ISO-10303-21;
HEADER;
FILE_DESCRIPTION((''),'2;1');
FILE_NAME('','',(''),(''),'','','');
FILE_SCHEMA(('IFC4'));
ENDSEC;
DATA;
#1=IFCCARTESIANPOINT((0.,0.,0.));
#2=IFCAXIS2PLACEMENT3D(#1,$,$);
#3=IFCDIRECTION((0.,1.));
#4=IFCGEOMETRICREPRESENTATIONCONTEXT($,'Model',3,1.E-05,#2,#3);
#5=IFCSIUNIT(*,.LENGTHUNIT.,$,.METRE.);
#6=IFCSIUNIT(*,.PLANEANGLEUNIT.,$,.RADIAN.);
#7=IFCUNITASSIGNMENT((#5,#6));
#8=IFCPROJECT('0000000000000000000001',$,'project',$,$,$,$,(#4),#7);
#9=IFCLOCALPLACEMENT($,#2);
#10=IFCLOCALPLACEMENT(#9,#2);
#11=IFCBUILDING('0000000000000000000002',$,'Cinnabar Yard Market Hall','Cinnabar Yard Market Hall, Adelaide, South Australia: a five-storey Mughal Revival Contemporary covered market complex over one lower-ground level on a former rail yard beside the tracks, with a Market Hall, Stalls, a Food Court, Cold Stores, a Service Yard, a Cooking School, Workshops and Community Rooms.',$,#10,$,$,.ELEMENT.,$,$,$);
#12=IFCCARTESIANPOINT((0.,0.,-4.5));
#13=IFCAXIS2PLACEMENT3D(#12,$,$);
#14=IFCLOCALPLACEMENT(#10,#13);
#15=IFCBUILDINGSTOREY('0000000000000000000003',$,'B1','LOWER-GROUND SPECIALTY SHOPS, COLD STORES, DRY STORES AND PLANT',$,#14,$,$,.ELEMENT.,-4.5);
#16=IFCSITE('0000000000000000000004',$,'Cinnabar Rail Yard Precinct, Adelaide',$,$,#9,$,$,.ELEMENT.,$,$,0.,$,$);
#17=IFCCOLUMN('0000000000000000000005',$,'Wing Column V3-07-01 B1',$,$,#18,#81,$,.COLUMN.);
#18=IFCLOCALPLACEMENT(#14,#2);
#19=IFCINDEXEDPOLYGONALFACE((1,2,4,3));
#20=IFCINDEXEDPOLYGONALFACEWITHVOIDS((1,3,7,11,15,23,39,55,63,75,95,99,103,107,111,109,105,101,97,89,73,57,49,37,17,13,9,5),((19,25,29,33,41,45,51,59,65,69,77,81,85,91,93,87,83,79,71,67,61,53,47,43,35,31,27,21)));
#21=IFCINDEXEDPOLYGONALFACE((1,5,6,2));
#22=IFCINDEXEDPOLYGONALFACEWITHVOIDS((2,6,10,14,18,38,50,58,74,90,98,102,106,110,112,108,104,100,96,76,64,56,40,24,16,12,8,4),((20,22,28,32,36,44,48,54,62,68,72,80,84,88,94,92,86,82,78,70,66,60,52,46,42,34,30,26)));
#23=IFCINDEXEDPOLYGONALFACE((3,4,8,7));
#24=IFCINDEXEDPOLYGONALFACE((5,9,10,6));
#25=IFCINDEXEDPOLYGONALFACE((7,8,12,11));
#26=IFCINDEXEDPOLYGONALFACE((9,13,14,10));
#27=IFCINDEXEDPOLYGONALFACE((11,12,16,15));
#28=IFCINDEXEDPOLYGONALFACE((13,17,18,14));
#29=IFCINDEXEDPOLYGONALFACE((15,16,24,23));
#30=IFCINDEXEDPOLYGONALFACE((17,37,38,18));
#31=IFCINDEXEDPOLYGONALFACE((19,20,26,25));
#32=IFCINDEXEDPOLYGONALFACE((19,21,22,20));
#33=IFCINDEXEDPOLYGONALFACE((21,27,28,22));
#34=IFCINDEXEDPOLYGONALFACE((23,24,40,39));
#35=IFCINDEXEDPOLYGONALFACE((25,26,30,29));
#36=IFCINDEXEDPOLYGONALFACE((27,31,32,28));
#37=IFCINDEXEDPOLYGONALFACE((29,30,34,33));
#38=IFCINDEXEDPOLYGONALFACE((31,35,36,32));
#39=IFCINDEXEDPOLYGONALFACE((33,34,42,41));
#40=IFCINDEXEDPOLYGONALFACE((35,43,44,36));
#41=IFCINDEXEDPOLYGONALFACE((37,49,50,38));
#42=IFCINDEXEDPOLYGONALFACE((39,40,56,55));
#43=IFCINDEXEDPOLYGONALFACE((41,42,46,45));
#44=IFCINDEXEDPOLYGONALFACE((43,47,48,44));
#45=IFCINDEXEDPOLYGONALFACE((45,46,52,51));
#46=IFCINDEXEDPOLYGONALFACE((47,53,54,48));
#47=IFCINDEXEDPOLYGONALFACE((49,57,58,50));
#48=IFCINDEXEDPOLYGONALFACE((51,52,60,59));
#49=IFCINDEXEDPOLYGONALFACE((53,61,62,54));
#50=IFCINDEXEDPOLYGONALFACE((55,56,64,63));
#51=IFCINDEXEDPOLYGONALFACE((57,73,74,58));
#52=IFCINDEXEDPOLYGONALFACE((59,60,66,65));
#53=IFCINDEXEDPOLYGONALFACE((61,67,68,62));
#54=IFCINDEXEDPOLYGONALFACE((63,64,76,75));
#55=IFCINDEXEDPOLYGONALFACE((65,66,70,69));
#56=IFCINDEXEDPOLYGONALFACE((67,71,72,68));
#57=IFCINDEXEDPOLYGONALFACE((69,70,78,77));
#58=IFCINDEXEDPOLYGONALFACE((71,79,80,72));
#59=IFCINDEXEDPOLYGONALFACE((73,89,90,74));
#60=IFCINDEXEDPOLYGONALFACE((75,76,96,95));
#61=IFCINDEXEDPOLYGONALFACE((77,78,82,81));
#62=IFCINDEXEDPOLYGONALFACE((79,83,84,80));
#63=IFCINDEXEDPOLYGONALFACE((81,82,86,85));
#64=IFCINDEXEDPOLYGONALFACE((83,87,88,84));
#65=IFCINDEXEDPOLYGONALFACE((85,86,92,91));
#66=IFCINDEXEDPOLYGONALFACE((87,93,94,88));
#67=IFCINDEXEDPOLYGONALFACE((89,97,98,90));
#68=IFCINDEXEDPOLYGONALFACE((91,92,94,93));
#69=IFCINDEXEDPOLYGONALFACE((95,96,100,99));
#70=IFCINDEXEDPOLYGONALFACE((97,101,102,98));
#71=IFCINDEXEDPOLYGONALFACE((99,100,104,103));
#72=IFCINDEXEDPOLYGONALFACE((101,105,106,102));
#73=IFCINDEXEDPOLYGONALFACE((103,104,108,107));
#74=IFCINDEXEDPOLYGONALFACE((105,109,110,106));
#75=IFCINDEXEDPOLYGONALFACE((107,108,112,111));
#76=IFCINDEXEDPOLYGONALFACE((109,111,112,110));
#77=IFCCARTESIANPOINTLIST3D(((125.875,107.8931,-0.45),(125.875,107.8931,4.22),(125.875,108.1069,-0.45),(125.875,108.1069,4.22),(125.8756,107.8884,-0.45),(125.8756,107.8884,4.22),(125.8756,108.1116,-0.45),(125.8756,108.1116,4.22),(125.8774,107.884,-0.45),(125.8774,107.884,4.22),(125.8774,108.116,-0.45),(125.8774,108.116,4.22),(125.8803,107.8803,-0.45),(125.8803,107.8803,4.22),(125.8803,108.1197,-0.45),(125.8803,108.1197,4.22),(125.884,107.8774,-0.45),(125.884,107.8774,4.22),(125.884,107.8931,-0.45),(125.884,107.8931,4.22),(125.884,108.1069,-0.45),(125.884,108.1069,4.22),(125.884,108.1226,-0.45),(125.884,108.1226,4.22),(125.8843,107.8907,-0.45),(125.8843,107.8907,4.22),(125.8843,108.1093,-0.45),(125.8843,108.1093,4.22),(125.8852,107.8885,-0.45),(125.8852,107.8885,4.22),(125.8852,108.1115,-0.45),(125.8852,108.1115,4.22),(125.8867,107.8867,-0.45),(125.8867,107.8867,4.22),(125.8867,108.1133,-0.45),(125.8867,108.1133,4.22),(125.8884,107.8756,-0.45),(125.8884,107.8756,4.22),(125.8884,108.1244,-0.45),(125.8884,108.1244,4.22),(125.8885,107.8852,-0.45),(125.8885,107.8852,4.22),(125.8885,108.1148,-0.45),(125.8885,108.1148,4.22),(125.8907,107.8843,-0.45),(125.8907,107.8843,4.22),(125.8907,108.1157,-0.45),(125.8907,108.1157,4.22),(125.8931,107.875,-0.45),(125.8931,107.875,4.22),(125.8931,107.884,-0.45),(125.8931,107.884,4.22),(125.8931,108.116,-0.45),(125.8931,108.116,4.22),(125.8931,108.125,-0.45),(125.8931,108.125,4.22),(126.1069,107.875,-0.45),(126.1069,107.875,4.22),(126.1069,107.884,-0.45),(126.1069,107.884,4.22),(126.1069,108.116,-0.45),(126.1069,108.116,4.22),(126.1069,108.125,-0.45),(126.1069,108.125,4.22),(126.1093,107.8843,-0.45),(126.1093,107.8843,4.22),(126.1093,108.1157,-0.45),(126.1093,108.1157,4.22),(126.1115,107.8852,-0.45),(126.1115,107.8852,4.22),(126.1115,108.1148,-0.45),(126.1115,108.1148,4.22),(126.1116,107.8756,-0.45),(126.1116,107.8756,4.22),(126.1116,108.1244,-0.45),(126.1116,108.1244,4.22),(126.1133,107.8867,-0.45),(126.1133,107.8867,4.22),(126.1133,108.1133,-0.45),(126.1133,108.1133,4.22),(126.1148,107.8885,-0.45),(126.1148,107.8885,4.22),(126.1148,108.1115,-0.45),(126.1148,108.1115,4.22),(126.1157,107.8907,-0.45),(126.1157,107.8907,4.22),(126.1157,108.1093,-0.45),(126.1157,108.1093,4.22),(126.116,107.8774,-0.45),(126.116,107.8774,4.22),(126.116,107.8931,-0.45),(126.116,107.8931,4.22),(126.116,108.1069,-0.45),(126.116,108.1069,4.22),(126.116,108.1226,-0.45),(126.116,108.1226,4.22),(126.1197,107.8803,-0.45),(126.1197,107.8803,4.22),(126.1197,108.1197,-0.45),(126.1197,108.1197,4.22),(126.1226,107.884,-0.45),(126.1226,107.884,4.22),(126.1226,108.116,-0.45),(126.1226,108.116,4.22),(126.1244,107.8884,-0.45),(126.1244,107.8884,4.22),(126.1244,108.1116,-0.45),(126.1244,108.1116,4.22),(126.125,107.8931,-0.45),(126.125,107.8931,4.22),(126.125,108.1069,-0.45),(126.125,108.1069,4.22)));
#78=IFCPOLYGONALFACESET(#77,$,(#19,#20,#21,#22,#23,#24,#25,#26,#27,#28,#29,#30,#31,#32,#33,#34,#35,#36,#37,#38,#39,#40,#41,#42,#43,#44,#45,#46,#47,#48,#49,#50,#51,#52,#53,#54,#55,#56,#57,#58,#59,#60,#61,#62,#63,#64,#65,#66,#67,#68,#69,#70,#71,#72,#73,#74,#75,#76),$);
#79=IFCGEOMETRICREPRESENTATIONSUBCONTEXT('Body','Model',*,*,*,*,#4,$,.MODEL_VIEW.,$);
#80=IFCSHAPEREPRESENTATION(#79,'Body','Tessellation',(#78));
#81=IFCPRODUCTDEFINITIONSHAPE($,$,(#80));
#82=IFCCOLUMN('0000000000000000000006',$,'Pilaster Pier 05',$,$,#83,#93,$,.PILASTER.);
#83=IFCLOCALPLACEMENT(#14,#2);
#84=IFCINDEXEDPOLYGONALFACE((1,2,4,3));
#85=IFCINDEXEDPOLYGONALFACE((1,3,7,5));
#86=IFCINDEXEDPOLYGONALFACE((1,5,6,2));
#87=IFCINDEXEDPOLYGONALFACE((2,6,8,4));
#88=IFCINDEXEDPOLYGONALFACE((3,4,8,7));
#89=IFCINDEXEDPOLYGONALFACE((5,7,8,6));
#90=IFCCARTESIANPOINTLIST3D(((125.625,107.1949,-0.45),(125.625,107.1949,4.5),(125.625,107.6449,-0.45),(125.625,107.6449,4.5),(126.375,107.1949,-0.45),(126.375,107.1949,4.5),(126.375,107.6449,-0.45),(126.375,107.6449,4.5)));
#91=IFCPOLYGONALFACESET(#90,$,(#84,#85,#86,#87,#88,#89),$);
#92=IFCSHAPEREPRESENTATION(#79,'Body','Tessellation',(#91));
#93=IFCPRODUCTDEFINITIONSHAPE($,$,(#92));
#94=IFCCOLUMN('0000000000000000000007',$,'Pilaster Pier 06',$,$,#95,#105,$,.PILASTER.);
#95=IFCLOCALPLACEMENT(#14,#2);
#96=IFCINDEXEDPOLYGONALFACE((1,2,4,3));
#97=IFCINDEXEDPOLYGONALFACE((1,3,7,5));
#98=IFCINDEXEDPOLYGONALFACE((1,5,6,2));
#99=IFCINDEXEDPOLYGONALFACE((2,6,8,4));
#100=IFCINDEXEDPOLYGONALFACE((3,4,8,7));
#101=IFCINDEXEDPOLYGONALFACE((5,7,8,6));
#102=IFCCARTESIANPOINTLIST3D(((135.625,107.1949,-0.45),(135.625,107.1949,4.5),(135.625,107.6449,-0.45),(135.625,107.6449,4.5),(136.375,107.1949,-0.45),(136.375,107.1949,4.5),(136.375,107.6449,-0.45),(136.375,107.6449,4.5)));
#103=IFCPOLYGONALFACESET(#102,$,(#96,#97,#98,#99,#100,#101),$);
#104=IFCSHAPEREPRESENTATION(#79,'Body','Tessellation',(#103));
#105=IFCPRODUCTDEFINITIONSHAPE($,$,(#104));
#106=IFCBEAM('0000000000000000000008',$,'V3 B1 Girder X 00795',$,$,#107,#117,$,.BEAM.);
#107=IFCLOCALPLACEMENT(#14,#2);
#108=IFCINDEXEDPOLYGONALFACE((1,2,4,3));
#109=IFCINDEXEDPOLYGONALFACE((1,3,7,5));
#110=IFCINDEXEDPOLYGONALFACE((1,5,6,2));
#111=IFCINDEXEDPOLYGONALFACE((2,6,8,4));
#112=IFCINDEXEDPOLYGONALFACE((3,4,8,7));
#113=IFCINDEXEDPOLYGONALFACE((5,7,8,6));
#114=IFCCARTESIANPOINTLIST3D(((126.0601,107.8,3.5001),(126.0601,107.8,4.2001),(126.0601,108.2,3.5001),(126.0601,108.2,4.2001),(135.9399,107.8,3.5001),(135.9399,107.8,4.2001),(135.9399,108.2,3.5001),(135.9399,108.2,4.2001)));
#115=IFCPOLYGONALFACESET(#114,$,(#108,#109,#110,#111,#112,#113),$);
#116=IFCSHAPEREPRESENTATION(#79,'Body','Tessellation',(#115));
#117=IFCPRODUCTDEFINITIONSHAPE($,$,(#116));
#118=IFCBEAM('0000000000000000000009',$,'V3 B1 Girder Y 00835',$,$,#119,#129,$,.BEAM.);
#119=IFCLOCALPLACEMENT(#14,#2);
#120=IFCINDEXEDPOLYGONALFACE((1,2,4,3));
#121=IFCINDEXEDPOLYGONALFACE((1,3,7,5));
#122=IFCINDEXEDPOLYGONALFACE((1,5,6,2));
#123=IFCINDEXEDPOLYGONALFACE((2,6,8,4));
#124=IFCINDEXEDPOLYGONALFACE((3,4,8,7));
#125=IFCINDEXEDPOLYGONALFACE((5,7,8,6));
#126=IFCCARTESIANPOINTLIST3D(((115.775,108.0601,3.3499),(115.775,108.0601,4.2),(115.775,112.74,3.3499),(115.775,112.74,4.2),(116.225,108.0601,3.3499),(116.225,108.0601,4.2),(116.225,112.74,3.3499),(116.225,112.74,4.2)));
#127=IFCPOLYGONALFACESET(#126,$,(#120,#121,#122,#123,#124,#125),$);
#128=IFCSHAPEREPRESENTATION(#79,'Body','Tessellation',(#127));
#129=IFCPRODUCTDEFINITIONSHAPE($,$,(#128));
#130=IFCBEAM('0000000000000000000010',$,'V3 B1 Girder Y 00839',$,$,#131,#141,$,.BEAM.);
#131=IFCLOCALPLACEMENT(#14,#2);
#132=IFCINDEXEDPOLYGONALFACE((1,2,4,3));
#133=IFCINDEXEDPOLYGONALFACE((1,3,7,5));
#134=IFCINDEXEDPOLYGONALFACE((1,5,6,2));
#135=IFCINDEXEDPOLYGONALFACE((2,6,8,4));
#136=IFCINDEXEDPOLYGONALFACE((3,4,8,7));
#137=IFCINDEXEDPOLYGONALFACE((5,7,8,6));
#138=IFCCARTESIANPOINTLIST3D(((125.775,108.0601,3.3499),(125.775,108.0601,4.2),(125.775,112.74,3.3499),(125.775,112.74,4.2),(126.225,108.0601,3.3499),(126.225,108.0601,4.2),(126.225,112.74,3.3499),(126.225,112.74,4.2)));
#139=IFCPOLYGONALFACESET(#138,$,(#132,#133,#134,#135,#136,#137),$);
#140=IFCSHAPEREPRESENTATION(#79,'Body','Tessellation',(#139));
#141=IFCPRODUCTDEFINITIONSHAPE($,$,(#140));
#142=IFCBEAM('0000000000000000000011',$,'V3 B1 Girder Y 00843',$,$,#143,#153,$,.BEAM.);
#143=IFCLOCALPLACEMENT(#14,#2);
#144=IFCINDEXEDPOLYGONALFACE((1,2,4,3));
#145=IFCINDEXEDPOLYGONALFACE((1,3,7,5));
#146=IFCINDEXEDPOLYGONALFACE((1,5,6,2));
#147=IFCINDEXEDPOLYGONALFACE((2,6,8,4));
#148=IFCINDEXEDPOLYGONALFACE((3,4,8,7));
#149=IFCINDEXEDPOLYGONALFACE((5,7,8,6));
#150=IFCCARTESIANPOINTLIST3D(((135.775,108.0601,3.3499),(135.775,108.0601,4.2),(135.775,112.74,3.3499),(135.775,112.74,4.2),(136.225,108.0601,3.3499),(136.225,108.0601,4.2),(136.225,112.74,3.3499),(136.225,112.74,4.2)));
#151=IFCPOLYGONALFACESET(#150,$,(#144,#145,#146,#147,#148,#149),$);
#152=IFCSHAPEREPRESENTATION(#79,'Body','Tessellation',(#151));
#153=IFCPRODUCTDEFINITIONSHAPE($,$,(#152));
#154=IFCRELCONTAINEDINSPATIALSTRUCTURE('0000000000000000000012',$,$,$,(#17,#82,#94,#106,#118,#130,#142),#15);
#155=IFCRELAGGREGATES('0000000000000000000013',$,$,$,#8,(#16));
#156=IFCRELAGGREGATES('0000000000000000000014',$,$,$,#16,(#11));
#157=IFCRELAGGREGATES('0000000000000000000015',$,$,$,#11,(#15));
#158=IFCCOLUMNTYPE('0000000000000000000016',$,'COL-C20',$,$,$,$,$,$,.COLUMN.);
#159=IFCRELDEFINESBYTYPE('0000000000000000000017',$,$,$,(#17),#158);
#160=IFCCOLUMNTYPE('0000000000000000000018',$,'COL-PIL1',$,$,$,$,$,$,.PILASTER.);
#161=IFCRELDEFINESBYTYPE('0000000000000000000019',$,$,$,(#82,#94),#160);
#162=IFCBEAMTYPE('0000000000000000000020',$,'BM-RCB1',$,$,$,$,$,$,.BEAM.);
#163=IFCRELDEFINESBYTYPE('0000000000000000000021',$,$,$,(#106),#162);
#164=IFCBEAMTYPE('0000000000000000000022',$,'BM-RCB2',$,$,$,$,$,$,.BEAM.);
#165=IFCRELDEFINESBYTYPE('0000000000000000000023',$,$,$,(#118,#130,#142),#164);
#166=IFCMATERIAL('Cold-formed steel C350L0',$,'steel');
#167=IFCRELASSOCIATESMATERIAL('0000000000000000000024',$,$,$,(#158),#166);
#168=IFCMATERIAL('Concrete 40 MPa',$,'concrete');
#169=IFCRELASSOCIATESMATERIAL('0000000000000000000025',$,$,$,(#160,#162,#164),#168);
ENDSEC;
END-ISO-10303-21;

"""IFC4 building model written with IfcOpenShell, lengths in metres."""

from ifc_helpers import new_model, si_unit, direction, frame, origin, origin_2d_with_axis, place, context, subcontext, project, spatial, rectangle, hollow_rectangle, extrude, material, material_profile, profile_set, type_object, element, save


model = new_model("IFC4")

# Units and contexts
model_context = context("Model", 3, precision=1e-05, world=origin(), true_north=direction((0.0, 1.0)))
body_context = subcontext(model_context, "Body", "Model", "MODEL_VIEW")
ifc_project = project(units=[si_unit("LENGTHUNIT", "METRE"), si_unit("PLANEANGLEUNIT", "RADIAN")], contexts=[model_context])

# Site, building, storey
site_placement = place(None, origin())
site = spatial("IfcSite", under=ifc_project, at=site_placement, Name="Cinnabar Rail Yard Precinct, Adelaide", CompositionType="ELEMENT", RefElevation=0.0)
building_placement = place(site_placement, origin())
building = spatial("IfcBuilding", under=site, at=building_placement, Name="Cinnabar Yard Market Hall", Description="Cinnabar Yard Market Hall, Adelaide, South Australia: a five-storey Mughal Revival Contemporary covered market complex over one lower-ground level on a former rail yard beside the tracks, with a Market Hall, Stalls, a Food Court, Cold Stores, a Service Yard, a Cooking School, Workshops and Community Rooms.", CompositionType="ELEMENT")
storey_placement = place(building_placement, frame((0.0, 0.0, -4.5)))
storey = spatial("IfcBuildingStorey", under=building, at=storey_placement, Name="B1", Description="LOWER-GROUND SPECIALTY SHOPS, COLD STORES, DRY STORES AND PLANT", CompositionType="ELEMENT", Elevation=-4.5)

# Shared definitions
ifc_material_1 = material(Name="Concrete 40 MPa", Category="concrete")

# Columns
ifc_material_2 = material(Name="Cold-formed steel C350L0", Category="steel")
ifc_material_profile_1 = material_profile(ifc_material_2, hollow_rectangle(XDim=0.25, YDim=0.25, WallThickness=0.009, InnerFilletRadius=0.009, OuterFilletRadius=0.0181, at=origin_2d_with_axis()), Name="250x250x9.0SHS")
ifc_profile_set_1 = profile_set([ifc_material_profile_1], Name="Cold-formed steel C350L0")
column_type_1 = type_object("IfcColumnType", Name="COL-C20", PredefinedType="COLUMN", material=ifc_profile_set_1)
column_1_placement = place(storey_placement, frame((126.0, 108.0, -0.45), z_axis=(0.0, 0.0, 1.0), x_axis=(1.0, 0.0, 0.0)))
element("IfcColumn", 1, at=column_1_placement, inside=storey, type_object=column_type_1, Name="Wing Column V3-07-01 B1", PredefinedType="COLUMN", context=body_context, shape_type="SweptSolid", body=[
    extrude(hollow_rectangle(XDim=0.25, YDim=0.25, WallThickness=0.009, InnerFilletRadius=0.009, OuterFilletRadius=0.0181, at=origin_2d_with_axis()), origin(), (0.0, 0.0, 1.0), 4.6699),
])
ifc_material_profile_2 = material_profile(ifc_material_1, rectangle(XDim=0.75, YDim=0.45, at=origin_2d_with_axis()), Name="RC-750x450")
ifc_profile_set_2 = profile_set([ifc_material_profile_2], Name="Concrete 40 MPa")
column_type_2 = type_object("IfcColumnType", Name="COL-PIL1", PredefinedType="PILASTER", material=ifc_profile_set_2)
for number, where, z_axis, x_axis, name in (
    (2, (126.0, 107.4199, -0.45), (0.0, 0.0, 1.0), (1.0, 0.0, 0.0), "Pilaster Pier 05"),
    (3, (136.0, 107.4199, -0.45), (0.0, 0.0, 1.0), (1.0, 0.0, 0.0), "Pilaster Pier 06"),
):
    element("IfcColumn", number, at=place(storey_placement, frame(where, z_axis=z_axis, x_axis=x_axis)), inside=storey, type_object=column_type_2, Name=name, PredefinedType="PILASTER", context=body_context, shape_type="SweptSolid", body=[
        extrude(rectangle(XDim=0.75, YDim=0.45, at=origin_2d_with_axis()), origin(), (0.0, 0.0, 1.0), 4.95),
    ])

# Beams
ifc_material_profile_3 = material_profile(ifc_material_1, rectangle(XDim=0.3999, YDim=0.7, at=origin_2d_with_axis()), Name="RCB-400x700")
ifc_profile_set_3 = profile_set([ifc_material_profile_3], Name="Concrete 40 MPa")
beam_type_1 = type_object("IfcBeamType", Name="BM-RCB1", PredefinedType="BEAM", material=ifc_profile_set_3)
beam_placement = place(storey_placement, frame((126.0601, 108.0, 3.8501), z_axis=(1.0, 0.0, 0.0), x_axis=(0.0, 1.0, 0.0)))
element("IfcBeam", 4, at=beam_placement, inside=storey, type_object=beam_type_1, Name="V3 B1 Girder X 00795", PredefinedType="BEAM", context=body_context, shape_type="SweptSolid", body=[
    extrude(rectangle(XDim=0.3999, YDim=0.7, at=origin_2d_with_axis()), origin(), (0.0, 0.0, 1.0), 9.8799),
])
ifc_material_profile_4 = material_profile(ifc_material_1, rectangle(XDim=0.45, YDim=0.8501, at=origin_2d_with_axis()), Name="RCB-450x850")
ifc_profile_set_4 = profile_set([ifc_material_profile_4], Name="Concrete 40 MPa")
beam_type_2 = type_object("IfcBeamType", Name="BM-RCB2", PredefinedType="BEAM", material=ifc_profile_set_4)
for number, where, z_axis, x_axis, name in (
    (5, (116.0, 108.0601, 3.7749), (0.0, 1.0, 0.0), (-1.0, 0.0, 0.0), "V3 B1 Girder Y 00835"),
    (6, (126.0, 108.0601, 3.7749), (0.0, 1.0, 0.0), (-1.0, 0.0, 0.0), "V3 B1 Girder Y 00839"),
    (7, (136.0, 108.0601, 3.7749), (0.0, 1.0, 0.0), (-1.0, 0.0, 0.0), "V3 B1 Girder Y 00843"),
):
    element("IfcBeam", number, at=place(storey_placement, frame(where, z_axis=z_axis, x_axis=x_axis)), inside=storey, type_object=beam_type_2, Name=name, PredefinedType="BEAM", context=body_context, shape_type="SweptSolid", body=[
        extrude(rectangle(XDim=0.45, YDim=0.8501, at=origin_2d_with_axis()), origin(), (0.0, 0.0, 1.0), 4.6799),
    ])

save(model, "model.ifc")
